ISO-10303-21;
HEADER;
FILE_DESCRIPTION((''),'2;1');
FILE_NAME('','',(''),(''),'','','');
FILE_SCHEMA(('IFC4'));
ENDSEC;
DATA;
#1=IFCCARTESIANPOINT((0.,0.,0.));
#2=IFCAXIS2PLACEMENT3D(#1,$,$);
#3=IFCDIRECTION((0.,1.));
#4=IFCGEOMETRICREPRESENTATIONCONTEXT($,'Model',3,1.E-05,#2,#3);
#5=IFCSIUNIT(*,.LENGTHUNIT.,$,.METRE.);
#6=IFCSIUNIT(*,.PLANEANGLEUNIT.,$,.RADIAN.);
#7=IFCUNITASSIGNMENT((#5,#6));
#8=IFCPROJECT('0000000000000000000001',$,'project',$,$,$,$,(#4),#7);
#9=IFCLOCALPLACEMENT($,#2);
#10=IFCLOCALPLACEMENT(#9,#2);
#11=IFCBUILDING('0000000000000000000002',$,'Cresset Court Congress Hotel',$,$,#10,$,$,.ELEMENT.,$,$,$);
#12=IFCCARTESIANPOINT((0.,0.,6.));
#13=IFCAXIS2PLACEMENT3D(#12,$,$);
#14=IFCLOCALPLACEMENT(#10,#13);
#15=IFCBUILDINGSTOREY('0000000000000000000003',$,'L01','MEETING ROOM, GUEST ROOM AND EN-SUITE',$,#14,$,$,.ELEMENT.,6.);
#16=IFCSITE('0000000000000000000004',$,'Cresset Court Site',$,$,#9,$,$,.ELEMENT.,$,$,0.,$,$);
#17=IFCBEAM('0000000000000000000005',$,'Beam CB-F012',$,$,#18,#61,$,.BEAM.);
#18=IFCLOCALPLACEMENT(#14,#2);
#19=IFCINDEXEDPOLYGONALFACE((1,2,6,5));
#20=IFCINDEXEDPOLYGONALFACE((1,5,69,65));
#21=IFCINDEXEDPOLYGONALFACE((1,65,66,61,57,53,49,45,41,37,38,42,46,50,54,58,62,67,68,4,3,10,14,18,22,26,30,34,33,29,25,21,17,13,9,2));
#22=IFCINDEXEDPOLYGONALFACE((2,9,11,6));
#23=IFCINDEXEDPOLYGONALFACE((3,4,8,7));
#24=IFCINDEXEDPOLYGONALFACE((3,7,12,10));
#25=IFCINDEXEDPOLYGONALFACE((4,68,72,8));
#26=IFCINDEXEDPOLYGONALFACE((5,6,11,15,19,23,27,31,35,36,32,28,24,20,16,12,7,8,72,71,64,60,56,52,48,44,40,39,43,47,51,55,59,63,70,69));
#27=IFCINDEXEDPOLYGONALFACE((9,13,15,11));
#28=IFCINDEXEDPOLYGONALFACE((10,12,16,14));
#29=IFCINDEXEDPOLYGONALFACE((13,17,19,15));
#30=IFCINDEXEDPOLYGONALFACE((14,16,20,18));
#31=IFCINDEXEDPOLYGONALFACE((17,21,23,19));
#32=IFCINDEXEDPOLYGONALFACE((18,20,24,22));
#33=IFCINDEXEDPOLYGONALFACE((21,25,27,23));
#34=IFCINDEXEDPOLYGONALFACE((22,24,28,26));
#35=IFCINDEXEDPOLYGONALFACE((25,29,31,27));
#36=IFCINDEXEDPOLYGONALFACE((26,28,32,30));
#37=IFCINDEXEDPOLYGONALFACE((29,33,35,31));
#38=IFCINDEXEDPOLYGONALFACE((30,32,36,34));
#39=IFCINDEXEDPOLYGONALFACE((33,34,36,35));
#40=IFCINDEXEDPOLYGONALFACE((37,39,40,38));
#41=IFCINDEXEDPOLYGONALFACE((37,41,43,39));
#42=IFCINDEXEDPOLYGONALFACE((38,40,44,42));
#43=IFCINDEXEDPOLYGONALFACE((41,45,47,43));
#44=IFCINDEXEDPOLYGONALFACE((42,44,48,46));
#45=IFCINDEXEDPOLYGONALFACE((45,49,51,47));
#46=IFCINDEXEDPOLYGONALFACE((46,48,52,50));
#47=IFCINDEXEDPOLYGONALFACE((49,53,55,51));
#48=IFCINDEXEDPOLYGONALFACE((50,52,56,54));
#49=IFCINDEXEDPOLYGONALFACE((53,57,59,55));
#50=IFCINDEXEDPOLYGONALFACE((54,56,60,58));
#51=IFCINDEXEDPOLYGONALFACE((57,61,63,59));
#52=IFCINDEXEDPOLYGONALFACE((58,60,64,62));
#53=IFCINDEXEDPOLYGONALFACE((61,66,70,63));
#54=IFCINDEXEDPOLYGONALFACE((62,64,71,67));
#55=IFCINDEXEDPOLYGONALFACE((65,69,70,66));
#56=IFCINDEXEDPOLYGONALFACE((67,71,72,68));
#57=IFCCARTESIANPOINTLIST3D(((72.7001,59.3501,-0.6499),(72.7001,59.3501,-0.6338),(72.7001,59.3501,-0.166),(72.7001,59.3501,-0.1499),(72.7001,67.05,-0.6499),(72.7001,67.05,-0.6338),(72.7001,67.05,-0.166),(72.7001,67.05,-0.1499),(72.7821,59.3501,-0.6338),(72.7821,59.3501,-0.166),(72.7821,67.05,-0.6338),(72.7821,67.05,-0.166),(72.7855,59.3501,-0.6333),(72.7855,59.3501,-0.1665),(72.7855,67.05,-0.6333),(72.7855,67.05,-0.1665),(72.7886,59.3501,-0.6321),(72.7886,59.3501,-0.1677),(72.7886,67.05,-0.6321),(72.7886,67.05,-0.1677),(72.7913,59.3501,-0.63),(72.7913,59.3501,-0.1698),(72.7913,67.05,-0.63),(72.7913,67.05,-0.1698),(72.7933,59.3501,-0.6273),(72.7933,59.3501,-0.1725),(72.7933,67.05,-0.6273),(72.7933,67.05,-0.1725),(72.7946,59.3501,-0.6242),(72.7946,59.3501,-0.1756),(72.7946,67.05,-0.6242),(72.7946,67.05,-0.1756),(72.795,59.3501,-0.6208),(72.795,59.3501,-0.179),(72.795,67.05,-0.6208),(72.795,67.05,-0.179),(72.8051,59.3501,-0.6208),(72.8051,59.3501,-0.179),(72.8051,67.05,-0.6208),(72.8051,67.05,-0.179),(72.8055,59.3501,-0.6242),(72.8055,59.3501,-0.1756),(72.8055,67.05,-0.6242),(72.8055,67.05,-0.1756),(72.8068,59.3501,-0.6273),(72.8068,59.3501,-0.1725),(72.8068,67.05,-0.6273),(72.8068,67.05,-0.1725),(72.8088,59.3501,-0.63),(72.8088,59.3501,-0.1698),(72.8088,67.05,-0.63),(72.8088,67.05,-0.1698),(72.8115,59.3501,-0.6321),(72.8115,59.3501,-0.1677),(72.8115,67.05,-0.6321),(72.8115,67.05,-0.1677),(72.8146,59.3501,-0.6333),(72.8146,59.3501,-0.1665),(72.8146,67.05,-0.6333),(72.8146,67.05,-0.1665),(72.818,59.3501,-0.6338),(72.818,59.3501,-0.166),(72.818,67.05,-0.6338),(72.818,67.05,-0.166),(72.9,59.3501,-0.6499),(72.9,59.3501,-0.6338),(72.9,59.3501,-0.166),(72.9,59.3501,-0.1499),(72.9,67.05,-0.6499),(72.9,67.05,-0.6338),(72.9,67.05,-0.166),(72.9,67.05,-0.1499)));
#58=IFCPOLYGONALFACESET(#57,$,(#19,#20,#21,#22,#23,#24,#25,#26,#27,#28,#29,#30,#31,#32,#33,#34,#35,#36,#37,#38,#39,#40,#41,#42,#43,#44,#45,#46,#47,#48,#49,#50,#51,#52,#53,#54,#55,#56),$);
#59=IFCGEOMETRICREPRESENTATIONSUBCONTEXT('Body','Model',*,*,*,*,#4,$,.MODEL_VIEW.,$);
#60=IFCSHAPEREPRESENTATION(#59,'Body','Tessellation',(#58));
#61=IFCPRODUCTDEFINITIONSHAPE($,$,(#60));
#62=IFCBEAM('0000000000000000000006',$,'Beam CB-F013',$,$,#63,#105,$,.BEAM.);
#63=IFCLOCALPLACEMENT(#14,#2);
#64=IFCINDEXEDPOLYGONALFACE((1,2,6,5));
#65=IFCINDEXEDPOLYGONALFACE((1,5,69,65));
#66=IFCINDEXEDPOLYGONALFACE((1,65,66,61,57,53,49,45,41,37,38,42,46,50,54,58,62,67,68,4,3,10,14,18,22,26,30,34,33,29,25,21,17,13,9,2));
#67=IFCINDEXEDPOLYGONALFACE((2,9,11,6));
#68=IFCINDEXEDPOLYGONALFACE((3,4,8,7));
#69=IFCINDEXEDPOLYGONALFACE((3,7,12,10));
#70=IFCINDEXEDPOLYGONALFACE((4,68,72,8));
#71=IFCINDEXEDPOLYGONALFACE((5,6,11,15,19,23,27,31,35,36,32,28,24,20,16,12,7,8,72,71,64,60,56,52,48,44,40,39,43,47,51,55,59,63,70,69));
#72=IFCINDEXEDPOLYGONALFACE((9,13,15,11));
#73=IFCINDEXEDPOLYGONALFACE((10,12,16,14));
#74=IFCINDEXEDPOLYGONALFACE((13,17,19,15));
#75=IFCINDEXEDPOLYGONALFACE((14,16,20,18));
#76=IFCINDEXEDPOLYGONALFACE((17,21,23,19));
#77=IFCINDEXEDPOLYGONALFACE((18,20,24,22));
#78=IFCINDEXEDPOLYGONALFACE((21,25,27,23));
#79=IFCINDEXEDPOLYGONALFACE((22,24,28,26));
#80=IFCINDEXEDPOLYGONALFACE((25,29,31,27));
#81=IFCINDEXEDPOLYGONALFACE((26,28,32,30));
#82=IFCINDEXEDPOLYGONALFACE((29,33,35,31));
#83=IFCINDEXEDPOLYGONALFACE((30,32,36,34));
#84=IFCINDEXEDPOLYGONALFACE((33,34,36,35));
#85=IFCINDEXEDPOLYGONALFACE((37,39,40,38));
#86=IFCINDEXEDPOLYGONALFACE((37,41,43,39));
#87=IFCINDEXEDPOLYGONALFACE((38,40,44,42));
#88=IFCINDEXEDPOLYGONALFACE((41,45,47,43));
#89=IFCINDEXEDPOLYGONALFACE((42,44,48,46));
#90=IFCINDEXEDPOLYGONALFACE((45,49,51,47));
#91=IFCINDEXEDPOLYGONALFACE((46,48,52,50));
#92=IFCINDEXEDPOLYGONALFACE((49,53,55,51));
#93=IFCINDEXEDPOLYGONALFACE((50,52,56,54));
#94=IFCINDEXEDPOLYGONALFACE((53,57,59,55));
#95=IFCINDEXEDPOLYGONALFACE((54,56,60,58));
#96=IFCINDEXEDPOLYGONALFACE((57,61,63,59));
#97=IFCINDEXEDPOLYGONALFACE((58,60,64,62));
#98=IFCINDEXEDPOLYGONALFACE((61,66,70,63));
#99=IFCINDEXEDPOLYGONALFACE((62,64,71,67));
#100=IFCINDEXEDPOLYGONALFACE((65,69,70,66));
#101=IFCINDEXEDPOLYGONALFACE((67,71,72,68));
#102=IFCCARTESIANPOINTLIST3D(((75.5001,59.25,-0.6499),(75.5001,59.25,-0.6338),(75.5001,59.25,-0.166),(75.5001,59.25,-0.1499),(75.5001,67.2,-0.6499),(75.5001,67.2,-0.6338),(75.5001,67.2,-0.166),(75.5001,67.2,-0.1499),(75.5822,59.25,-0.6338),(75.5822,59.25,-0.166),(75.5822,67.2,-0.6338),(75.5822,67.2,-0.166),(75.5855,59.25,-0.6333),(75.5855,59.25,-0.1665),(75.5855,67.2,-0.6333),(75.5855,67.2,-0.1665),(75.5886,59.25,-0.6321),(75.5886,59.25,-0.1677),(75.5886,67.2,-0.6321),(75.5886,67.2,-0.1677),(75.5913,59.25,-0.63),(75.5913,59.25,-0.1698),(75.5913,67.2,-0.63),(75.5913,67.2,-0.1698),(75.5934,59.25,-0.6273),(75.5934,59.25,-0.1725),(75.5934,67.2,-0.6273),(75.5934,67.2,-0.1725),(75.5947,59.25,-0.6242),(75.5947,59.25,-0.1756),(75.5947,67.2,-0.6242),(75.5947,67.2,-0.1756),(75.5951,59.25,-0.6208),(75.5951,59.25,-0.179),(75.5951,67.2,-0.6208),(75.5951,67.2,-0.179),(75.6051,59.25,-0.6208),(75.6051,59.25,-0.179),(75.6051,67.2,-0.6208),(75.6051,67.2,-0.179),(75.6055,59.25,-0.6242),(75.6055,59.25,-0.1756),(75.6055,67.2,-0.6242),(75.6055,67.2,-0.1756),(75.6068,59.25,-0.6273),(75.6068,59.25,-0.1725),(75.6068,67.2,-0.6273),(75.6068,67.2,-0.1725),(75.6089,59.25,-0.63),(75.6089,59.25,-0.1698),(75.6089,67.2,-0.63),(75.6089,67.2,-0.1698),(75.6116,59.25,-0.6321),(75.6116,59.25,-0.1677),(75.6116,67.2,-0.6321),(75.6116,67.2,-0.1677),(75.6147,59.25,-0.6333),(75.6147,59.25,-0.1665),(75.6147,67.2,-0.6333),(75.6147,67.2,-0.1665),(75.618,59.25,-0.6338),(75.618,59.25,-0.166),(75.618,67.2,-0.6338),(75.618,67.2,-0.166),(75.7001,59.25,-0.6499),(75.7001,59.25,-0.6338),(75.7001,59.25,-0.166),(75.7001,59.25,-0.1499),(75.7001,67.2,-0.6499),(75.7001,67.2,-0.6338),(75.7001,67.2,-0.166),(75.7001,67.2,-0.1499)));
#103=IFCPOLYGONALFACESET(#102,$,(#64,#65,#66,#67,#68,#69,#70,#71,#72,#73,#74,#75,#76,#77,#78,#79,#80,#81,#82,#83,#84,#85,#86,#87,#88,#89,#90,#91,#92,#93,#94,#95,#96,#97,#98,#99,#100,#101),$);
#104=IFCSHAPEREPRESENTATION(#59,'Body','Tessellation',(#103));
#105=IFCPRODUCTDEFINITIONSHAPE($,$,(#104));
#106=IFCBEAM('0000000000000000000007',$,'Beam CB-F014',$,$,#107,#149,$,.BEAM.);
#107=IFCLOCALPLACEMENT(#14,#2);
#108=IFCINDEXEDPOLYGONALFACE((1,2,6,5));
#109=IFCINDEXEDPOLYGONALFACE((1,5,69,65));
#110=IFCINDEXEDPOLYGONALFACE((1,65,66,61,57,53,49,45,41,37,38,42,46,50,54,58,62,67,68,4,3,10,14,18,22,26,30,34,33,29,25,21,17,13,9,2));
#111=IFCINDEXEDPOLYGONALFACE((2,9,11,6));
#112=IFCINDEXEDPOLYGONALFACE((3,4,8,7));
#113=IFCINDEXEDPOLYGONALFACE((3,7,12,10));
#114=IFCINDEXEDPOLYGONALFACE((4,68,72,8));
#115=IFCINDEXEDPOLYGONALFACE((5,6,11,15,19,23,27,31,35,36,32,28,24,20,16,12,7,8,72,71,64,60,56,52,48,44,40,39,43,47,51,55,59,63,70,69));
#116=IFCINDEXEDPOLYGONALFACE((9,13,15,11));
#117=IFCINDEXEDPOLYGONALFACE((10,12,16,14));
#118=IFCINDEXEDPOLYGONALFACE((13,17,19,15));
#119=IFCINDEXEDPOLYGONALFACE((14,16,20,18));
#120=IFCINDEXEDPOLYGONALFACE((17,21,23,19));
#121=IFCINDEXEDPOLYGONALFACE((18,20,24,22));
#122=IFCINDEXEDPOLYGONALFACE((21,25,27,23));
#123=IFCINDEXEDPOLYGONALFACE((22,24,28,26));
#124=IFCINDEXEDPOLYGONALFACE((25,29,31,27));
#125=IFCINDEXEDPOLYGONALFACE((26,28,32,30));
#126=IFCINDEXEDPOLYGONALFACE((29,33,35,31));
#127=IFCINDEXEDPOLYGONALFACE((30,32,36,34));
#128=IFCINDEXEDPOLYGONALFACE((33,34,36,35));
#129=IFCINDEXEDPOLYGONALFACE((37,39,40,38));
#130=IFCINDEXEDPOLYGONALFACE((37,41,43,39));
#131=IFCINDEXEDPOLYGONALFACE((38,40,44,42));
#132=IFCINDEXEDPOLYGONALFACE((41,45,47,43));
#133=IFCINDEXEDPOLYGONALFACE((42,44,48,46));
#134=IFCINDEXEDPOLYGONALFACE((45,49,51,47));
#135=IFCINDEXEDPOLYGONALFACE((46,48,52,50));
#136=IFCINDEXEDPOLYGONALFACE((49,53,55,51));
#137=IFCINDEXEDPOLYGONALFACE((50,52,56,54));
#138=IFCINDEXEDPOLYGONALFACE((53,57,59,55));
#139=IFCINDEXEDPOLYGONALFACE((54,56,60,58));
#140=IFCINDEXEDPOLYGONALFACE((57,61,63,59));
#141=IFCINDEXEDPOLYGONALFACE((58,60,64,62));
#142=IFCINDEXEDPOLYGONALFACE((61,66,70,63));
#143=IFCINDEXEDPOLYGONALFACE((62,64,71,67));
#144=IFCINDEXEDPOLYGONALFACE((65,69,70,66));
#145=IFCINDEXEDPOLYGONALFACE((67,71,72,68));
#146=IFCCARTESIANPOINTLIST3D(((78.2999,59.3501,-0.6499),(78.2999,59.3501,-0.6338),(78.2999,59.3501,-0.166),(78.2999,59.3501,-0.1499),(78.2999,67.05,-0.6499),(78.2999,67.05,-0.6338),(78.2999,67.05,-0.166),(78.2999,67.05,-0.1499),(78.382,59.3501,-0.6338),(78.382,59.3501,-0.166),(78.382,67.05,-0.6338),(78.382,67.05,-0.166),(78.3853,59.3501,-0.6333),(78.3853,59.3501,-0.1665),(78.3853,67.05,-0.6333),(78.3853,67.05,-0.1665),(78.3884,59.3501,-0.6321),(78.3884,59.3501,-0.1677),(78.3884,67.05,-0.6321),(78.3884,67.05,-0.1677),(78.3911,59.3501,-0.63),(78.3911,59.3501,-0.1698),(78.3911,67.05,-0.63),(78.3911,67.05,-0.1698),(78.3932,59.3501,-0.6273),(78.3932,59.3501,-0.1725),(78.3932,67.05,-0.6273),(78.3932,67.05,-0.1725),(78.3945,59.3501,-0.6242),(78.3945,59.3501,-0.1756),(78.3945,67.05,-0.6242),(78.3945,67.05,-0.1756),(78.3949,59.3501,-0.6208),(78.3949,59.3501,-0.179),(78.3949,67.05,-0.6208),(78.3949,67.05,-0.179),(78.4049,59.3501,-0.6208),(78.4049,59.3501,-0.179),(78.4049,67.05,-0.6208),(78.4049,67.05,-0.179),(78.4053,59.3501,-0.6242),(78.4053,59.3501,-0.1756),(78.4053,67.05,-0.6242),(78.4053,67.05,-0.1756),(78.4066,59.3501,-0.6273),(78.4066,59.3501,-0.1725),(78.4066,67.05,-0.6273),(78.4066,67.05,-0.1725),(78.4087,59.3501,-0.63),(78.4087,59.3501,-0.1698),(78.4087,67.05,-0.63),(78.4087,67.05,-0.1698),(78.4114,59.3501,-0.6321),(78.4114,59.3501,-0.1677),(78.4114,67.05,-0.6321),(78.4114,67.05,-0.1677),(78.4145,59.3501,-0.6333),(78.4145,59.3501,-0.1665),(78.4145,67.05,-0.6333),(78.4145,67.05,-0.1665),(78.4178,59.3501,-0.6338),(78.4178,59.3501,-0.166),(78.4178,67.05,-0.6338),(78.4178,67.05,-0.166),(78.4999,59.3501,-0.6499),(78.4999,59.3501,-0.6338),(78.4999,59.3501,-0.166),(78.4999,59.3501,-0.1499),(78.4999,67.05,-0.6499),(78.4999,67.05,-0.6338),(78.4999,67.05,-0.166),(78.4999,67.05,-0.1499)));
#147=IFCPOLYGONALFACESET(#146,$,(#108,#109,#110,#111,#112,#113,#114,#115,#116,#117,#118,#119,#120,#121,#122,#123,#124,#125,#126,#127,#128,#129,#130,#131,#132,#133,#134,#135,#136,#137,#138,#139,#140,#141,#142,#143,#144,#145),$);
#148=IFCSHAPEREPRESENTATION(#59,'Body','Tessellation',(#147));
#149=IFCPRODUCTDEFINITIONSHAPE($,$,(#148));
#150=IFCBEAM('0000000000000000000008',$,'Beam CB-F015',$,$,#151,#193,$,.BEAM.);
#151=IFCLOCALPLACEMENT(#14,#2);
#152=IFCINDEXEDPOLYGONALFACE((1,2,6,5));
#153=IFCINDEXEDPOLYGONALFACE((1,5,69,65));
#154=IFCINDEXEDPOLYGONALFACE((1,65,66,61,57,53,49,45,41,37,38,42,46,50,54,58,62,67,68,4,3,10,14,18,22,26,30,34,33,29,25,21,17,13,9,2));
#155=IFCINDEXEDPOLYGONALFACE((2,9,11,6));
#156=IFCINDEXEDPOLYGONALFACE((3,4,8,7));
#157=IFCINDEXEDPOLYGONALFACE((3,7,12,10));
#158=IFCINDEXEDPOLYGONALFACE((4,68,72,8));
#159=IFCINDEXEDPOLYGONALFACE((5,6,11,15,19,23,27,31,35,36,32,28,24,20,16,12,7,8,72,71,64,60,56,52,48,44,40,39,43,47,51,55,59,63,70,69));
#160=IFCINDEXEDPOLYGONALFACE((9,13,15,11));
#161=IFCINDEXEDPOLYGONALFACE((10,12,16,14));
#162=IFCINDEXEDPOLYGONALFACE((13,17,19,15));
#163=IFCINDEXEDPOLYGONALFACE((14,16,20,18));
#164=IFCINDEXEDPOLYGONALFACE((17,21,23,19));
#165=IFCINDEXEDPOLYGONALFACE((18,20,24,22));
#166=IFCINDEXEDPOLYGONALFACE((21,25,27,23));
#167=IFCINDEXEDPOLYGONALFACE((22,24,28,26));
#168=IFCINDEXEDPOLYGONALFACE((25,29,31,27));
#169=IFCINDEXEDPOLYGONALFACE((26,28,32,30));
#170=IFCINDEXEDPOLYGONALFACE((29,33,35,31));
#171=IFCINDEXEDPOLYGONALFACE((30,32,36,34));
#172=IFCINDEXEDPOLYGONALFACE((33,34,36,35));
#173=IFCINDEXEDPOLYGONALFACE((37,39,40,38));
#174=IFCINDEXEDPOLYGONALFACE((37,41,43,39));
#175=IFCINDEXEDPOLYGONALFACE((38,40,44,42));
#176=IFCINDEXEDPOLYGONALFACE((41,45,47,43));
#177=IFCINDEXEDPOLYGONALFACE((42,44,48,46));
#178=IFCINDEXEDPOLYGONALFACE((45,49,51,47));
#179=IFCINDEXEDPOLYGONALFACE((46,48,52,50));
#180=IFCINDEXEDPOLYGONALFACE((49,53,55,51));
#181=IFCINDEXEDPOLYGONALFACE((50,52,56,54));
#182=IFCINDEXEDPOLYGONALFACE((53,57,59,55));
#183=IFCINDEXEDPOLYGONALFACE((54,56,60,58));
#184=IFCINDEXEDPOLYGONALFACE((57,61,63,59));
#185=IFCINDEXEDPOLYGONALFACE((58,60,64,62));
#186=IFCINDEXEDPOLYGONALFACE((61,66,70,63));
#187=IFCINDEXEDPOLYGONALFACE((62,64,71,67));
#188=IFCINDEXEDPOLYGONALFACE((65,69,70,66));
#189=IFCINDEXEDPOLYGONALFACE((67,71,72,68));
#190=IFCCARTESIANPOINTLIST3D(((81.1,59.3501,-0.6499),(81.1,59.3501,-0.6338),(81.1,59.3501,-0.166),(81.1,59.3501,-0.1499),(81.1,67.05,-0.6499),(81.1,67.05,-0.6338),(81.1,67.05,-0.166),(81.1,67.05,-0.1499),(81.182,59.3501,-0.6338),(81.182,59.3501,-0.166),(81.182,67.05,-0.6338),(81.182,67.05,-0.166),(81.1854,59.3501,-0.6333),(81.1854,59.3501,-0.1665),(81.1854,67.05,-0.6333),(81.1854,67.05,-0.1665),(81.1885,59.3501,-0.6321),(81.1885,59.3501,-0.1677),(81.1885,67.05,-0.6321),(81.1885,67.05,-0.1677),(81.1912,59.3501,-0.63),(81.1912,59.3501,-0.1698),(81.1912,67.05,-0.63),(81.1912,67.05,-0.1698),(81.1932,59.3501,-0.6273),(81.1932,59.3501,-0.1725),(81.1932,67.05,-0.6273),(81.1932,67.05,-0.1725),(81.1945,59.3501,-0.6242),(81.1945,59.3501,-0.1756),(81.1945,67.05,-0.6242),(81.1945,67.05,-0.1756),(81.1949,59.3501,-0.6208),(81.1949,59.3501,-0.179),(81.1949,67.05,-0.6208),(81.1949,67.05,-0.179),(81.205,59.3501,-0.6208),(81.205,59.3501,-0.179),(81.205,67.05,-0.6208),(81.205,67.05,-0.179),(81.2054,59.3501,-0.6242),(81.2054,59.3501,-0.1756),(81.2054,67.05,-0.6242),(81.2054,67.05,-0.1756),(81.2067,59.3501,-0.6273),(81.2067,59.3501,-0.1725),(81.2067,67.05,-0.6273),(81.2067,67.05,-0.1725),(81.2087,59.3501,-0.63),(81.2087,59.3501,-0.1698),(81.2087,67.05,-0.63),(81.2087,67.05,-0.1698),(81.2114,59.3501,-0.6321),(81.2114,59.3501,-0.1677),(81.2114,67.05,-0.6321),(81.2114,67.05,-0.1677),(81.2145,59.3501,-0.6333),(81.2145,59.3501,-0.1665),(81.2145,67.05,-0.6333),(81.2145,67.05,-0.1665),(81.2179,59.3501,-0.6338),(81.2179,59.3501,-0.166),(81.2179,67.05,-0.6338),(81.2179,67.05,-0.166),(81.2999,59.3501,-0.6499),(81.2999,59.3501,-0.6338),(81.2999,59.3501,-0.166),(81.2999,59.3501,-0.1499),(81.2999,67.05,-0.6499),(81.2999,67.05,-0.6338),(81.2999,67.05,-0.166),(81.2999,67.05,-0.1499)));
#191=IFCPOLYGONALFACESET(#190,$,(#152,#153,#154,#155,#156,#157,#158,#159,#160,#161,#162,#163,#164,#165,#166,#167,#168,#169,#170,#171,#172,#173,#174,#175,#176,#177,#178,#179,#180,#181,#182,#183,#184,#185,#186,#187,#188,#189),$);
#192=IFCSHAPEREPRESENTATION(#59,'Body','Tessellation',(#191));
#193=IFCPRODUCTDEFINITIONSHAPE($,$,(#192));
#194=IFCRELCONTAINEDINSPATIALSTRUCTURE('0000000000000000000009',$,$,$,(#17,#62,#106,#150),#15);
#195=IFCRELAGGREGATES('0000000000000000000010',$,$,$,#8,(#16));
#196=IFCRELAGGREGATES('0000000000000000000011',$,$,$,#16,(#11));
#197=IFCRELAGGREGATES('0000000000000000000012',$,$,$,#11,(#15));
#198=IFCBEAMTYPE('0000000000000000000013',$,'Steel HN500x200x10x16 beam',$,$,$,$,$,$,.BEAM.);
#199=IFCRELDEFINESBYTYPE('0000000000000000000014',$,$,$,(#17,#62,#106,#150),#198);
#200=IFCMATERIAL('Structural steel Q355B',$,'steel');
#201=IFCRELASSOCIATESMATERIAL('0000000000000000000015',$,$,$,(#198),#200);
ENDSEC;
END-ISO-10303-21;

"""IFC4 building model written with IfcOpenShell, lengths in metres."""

from ifc_helpers import new_model, si_unit, direction, frame, origin, origin_2d, place, context, subcontext, project, spatial, i_section, extrude, material, material_profile, profile_set, type_object, element, save


model = new_model("IFC4")

# Units and contexts
model_context = context("Model", 3, precision=1e-05, world=origin(), true_north=direction((0.0, 1.0)))
body_context = subcontext(model_context, "Body", "Model", "MODEL_VIEW")
ifc_project = project(units=[si_unit("LENGTHUNIT", "METRE"), si_unit("PLANEANGLEUNIT", "RADIAN")], contexts=[model_context])

# Site, building, storey
site_placement = place(None, origin())
site = spatial("IfcSite", under=ifc_project, at=site_placement, Name="Cresset Court Site", CompositionType="ELEMENT", RefElevation=0.0)
building_placement = place(site_placement, origin())
building = spatial("IfcBuilding", under=site, at=building_placement, Name="Cresset Court Congress Hotel", CompositionType="ELEMENT")
storey_placement = place(building_placement, frame((0.0, 0.0, 6.0)))
storey = spatial("IfcBuildingStorey", under=building, at=storey_placement, Name="L01", Description="MEETING ROOM, GUEST ROOM AND EN-SUITE", CompositionType="ELEMENT", Elevation=6.0)

# Beams
ifc_material_1 = material(Name="Structural steel Q355B", Category="steel")
ifc_material_profile_1 = material_profile(ifc_material_1, i_section(OverallWidth=0.2, OverallDepth=0.5, WebThickness=0.01, FlangeThickness=0.0161, FilletRadius=0.0129, at=origin_2d()), Name="HN500x200x10x16")
ifc_profile_set_1 = profile_set([ifc_material_profile_1], Name="Structural steel Q355B")
beam_type_1 = type_object("IfcBeamType", Name="Steel HN500x200x10x16 beam", PredefinedType="BEAM", material=ifc_profile_set_1)
for number, where, z_axis, x_axis, name in (
    (1, (72.8, 59.3501, -0.3999), (0.0, 1.0, 0.0), (-1.0, 0.0, 0.0), "Beam CB-F012"),
):
    element("IfcBeam", number, at=place(storey_placement, frame(where, z_axis=z_axis, x_axis=x_axis)), inside=storey, type_object=beam_type_1, Name=name, PredefinedType="BEAM", context=body_context, shape_type="SweptSolid", body=[
        extrude(i_section(OverallWidth=0.2, OverallDepth=0.5, WebThickness=0.01, FlangeThickness=0.0161, FilletRadius=0.0129, at=origin_2d()), origin(), (0.0, 0.0, 1.0), 7.7),
    ])
beam_1_placement = place(storey_placement, frame((75.6001, 59.25, -0.3999), z_axis=(0.0, 1.0, 0.0), x_axis=(-1.0, 0.0, 0.0)))
element("IfcBeam", 2, at=beam_1_placement, inside=storey, type_object=beam_type_1, Name="Beam CB-F013", PredefinedType="BEAM", context=body_context, shape_type="SweptSolid", body=[
    extrude(i_section(OverallWidth=0.2, OverallDepth=0.5, WebThickness=0.01, FlangeThickness=0.0161, FilletRadius=0.0129, at=origin_2d()), origin(), (0.0, 0.0, 1.0), 7.95),
])
for number, where, z_axis, x_axis, name in (
    (3, (78.3999, 59.3501, -0.3999), (0.0, 1.0, 0.0), (-1.0, 0.0, 0.0), "Beam CB-F014"),
    (4, (81.2, 59.3501, -0.3999), (0.0, 1.0, 0.0), (-1.0, 0.0, 0.0), "Beam CB-F015"),
):
    element("IfcBeam", number, at=place(storey_placement, frame(where, z_axis=z_axis, x_axis=x_axis)), inside=storey, type_object=beam_type_1, Name=name, PredefinedType="BEAM", context=body_context, shape_type="SweptSolid", body=[
        extrude(i_section(OverallWidth=0.2, OverallDepth=0.5, WebThickness=0.01, FlangeThickness=0.0161, FilletRadius=0.0129, at=origin_2d()), origin(), (0.0, 0.0, 1.0), 7.7),
    ])

save(model, "model.ifc")
